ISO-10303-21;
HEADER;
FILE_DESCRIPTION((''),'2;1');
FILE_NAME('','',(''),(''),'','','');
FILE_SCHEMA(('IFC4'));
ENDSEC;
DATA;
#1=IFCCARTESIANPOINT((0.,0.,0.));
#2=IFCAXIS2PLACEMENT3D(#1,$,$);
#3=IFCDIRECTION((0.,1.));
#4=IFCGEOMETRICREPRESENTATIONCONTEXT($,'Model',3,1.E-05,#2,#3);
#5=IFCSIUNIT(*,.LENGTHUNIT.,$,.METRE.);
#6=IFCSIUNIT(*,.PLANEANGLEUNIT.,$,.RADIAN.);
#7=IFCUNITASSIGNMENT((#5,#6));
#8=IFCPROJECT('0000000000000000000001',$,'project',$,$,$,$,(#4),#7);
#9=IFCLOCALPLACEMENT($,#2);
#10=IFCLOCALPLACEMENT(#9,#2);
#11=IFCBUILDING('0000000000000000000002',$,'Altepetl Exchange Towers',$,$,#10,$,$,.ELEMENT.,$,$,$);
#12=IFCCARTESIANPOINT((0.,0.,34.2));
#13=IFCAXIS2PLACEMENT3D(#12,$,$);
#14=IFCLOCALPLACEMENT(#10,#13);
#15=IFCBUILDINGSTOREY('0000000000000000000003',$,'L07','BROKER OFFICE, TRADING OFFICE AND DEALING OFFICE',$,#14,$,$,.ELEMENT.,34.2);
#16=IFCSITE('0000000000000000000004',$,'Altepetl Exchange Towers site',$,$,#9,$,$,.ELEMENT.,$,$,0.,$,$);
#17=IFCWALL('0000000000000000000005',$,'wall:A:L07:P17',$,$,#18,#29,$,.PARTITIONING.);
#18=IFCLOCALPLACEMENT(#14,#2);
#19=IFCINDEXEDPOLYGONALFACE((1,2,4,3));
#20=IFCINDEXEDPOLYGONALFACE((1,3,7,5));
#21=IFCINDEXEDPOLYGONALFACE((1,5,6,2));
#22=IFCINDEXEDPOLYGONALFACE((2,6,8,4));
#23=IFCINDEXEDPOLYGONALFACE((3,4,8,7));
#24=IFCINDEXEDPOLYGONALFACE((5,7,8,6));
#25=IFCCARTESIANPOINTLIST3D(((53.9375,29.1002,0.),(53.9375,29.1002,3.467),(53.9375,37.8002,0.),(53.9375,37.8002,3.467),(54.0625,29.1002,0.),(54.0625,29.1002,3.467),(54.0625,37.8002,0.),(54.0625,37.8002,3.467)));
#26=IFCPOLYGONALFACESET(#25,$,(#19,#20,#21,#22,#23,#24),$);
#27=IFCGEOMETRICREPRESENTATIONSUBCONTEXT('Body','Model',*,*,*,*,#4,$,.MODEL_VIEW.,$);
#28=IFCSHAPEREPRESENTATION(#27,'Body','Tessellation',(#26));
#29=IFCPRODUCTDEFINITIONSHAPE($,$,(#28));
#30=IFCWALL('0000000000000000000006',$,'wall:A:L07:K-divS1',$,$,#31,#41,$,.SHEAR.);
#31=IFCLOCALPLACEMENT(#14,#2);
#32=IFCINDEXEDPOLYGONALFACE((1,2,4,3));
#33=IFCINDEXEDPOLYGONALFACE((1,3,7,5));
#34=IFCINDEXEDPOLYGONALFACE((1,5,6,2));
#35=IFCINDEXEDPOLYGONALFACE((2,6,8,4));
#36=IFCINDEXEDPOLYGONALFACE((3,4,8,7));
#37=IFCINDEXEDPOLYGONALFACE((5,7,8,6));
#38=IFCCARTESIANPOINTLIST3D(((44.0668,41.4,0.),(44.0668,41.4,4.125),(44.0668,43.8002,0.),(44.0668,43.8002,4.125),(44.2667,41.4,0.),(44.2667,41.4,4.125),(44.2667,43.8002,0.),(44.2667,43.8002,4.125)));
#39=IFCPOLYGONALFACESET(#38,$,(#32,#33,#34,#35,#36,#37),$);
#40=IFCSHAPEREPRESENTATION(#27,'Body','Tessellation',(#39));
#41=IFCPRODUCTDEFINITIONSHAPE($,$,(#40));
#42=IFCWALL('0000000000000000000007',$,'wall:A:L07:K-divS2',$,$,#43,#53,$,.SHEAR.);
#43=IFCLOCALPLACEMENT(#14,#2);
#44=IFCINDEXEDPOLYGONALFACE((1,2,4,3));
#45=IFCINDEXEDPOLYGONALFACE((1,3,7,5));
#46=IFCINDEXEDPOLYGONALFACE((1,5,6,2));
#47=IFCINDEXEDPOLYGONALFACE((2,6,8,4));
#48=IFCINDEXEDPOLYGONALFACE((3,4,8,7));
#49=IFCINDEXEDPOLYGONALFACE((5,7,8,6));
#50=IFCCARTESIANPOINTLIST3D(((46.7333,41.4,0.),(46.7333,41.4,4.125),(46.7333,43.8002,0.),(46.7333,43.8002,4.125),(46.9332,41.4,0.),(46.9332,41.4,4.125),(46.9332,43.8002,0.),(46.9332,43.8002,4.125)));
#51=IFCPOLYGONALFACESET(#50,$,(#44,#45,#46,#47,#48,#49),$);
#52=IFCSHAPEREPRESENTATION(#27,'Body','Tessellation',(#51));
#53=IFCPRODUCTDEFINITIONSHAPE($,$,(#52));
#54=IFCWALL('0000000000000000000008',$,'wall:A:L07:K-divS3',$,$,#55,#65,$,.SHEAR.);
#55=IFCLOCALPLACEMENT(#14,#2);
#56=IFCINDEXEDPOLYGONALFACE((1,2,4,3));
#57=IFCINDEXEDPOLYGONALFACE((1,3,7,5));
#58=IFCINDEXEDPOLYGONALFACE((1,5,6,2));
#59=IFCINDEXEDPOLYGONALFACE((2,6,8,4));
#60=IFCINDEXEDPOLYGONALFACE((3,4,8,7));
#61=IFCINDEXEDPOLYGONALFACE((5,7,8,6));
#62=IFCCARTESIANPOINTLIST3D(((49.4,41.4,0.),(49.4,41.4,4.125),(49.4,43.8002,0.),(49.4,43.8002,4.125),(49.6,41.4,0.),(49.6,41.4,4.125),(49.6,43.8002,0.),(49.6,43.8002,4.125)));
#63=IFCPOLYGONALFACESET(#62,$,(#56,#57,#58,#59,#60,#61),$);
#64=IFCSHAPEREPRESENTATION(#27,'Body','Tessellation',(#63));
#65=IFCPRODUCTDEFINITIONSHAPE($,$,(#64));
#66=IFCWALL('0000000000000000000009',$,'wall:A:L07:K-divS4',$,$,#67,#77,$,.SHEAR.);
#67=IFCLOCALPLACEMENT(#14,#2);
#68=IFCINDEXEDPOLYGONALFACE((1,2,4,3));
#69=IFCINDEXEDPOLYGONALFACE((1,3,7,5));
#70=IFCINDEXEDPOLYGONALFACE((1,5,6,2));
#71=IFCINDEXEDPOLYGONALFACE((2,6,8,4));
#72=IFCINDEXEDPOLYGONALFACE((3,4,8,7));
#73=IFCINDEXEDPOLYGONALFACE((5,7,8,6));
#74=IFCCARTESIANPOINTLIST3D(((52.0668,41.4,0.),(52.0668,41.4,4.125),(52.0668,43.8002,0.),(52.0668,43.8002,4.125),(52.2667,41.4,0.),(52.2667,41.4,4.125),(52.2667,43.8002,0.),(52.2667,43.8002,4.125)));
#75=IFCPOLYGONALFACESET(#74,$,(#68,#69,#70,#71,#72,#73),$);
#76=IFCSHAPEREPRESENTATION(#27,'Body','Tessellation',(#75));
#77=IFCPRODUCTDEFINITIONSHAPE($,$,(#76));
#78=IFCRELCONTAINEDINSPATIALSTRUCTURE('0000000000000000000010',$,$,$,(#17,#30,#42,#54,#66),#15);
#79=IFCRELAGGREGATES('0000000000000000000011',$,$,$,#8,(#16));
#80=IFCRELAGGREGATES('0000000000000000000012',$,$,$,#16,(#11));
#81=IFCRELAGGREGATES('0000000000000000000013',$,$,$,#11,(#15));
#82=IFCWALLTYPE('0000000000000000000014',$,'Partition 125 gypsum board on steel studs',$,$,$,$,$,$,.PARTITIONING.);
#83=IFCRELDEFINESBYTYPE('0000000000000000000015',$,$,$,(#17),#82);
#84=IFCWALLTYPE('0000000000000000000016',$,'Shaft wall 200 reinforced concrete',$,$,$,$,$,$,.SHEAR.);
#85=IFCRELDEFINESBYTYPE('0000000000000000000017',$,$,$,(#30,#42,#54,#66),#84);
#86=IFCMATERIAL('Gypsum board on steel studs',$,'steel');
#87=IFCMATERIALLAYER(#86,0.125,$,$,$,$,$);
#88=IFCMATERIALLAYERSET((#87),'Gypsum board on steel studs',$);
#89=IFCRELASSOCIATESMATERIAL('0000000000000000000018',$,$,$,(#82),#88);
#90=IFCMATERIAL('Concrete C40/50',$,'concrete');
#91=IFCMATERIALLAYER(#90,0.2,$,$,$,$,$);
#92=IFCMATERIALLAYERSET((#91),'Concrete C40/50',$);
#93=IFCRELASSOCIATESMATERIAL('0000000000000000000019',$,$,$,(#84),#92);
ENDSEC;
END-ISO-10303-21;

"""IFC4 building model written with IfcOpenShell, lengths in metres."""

from ifc_helpers import new_model, si_unit, direction, frame, frame_2d, origin, place, context, subcontext, project, spatial, rectangle, extrude, material, layer, layer_set, type_object, element, save


model = new_model("IFC4")

# Units and contexts
model_context = context("Model", 3, precision=1e-05, world=origin(), true_north=direction((0.0, 1.0)))
body_context = subcontext(model_context, "Body", "Model", "MODEL_VIEW")
ifc_project = project(units=[si_unit("LENGTHUNIT", "METRE"), si_unit("PLANEANGLEUNIT", "RADIAN")], contexts=[model_context])

# Site, building, storey
site_placement = place(None, origin())
site = spatial("IfcSite", under=ifc_project, at=site_placement, Name="Altepetl Exchange Towers site", CompositionType="ELEMENT", RefElevation=0.0)
building_placement = place(site_placement, origin())
building = spatial("IfcBuilding", under=site, at=building_placement, Name="Altepetl Exchange Towers", CompositionType="ELEMENT")
storey_placement = place(building_placement, frame((0.0, 0.0, 34.2)))
storey = spatial("IfcBuildingStorey", under=building, at=storey_placement, Name="L07", Description="BROKER OFFICE, TRADING OFFICE AND DEALING OFFICE", CompositionType="ELEMENT", Elevation=34.2)

# Walls
ifc_material_1 = material(Name="Gypsum board on steel studs", Category="steel")
ifc_layer_1 = layer(ifc_material_1, 0.125)
ifc_layer_set_1 = layer_set([ifc_layer_1], Name="Gypsum board on steel studs")
wall_type_1 = type_object("IfcWallType", Name="Partition 125 gypsum board on steel studs", PredefinedType="PARTITIONING", material=ifc_layer_set_1)
for number, where, z_axis, x_axis, name in (
    (1, (54.0, 29.1001, 0.0), (0.0, 0.0, 1.0), (0.0, 1.0, 0.0), "wall:A:L07:P17"),
):
    element("IfcWall", number, at=place(storey_placement, frame(where, z_axis=z_axis, x_axis=x_axis)), inside=storey, type_object=wall_type_1, Name=name, PredefinedType="PARTITIONING", context=body_context, shape_type="SweptSolid", body=[
        extrude(rectangle(XDim=8.7, YDim=0.125, at=frame_2d((4.3501, 0.0))), origin(), (0.0, 0.0, 1.0), 3.467),
    ])
ifc_material_2 = material(Name="Concrete C40/50", Category="concrete")
ifc_layer_2 = layer(ifc_material_2, 0.2)
ifc_layer_set_2 = layer_set([ifc_layer_2], Name="Concrete C40/50")
wall_type_2 = type_object("IfcWallType", Name="Shaft wall 200 reinforced concrete", PredefinedType="SHEAR", material=ifc_layer_set_2)
for number, where, z_axis, x_axis, name in (
    (2, (44.1667, 41.3999, 0.0), (0.0, 0.0, 1.0), (0.0, 1.0, 0.0), "wall:A:L07:K-divS1"),
    (3, (46.8333, 41.3999, 0.0), (0.0, 0.0, 1.0), (0.0, 1.0, 0.0), "wall:A:L07:K-divS2"),
    (4, (49.5, 41.3999, 0.0), (0.0, 0.0, 1.0), (0.0, 1.0, 0.0), "wall:A:L07:K-divS3"),
    (5, (52.1667, 41.3999, 0.0), (0.0, 0.0, 1.0), (0.0, 1.0, 0.0), "wall:A:L07:K-divS4"),
):
    element("IfcWall", number, at=place(storey_placement, frame(where, z_axis=z_axis, x_axis=x_axis)), inside=storey, type_object=wall_type_2, Name=name, PredefinedType="SHEAR", context=body_context, shape_type="SweptSolid", body=[
        extrude(rectangle(XDim=2.4001, YDim=0.2, at=frame_2d((1.2002, 0.0))), origin(), (0.0, 0.0, 1.0), 4.125),
    ])

save(model, "model.ifc")
